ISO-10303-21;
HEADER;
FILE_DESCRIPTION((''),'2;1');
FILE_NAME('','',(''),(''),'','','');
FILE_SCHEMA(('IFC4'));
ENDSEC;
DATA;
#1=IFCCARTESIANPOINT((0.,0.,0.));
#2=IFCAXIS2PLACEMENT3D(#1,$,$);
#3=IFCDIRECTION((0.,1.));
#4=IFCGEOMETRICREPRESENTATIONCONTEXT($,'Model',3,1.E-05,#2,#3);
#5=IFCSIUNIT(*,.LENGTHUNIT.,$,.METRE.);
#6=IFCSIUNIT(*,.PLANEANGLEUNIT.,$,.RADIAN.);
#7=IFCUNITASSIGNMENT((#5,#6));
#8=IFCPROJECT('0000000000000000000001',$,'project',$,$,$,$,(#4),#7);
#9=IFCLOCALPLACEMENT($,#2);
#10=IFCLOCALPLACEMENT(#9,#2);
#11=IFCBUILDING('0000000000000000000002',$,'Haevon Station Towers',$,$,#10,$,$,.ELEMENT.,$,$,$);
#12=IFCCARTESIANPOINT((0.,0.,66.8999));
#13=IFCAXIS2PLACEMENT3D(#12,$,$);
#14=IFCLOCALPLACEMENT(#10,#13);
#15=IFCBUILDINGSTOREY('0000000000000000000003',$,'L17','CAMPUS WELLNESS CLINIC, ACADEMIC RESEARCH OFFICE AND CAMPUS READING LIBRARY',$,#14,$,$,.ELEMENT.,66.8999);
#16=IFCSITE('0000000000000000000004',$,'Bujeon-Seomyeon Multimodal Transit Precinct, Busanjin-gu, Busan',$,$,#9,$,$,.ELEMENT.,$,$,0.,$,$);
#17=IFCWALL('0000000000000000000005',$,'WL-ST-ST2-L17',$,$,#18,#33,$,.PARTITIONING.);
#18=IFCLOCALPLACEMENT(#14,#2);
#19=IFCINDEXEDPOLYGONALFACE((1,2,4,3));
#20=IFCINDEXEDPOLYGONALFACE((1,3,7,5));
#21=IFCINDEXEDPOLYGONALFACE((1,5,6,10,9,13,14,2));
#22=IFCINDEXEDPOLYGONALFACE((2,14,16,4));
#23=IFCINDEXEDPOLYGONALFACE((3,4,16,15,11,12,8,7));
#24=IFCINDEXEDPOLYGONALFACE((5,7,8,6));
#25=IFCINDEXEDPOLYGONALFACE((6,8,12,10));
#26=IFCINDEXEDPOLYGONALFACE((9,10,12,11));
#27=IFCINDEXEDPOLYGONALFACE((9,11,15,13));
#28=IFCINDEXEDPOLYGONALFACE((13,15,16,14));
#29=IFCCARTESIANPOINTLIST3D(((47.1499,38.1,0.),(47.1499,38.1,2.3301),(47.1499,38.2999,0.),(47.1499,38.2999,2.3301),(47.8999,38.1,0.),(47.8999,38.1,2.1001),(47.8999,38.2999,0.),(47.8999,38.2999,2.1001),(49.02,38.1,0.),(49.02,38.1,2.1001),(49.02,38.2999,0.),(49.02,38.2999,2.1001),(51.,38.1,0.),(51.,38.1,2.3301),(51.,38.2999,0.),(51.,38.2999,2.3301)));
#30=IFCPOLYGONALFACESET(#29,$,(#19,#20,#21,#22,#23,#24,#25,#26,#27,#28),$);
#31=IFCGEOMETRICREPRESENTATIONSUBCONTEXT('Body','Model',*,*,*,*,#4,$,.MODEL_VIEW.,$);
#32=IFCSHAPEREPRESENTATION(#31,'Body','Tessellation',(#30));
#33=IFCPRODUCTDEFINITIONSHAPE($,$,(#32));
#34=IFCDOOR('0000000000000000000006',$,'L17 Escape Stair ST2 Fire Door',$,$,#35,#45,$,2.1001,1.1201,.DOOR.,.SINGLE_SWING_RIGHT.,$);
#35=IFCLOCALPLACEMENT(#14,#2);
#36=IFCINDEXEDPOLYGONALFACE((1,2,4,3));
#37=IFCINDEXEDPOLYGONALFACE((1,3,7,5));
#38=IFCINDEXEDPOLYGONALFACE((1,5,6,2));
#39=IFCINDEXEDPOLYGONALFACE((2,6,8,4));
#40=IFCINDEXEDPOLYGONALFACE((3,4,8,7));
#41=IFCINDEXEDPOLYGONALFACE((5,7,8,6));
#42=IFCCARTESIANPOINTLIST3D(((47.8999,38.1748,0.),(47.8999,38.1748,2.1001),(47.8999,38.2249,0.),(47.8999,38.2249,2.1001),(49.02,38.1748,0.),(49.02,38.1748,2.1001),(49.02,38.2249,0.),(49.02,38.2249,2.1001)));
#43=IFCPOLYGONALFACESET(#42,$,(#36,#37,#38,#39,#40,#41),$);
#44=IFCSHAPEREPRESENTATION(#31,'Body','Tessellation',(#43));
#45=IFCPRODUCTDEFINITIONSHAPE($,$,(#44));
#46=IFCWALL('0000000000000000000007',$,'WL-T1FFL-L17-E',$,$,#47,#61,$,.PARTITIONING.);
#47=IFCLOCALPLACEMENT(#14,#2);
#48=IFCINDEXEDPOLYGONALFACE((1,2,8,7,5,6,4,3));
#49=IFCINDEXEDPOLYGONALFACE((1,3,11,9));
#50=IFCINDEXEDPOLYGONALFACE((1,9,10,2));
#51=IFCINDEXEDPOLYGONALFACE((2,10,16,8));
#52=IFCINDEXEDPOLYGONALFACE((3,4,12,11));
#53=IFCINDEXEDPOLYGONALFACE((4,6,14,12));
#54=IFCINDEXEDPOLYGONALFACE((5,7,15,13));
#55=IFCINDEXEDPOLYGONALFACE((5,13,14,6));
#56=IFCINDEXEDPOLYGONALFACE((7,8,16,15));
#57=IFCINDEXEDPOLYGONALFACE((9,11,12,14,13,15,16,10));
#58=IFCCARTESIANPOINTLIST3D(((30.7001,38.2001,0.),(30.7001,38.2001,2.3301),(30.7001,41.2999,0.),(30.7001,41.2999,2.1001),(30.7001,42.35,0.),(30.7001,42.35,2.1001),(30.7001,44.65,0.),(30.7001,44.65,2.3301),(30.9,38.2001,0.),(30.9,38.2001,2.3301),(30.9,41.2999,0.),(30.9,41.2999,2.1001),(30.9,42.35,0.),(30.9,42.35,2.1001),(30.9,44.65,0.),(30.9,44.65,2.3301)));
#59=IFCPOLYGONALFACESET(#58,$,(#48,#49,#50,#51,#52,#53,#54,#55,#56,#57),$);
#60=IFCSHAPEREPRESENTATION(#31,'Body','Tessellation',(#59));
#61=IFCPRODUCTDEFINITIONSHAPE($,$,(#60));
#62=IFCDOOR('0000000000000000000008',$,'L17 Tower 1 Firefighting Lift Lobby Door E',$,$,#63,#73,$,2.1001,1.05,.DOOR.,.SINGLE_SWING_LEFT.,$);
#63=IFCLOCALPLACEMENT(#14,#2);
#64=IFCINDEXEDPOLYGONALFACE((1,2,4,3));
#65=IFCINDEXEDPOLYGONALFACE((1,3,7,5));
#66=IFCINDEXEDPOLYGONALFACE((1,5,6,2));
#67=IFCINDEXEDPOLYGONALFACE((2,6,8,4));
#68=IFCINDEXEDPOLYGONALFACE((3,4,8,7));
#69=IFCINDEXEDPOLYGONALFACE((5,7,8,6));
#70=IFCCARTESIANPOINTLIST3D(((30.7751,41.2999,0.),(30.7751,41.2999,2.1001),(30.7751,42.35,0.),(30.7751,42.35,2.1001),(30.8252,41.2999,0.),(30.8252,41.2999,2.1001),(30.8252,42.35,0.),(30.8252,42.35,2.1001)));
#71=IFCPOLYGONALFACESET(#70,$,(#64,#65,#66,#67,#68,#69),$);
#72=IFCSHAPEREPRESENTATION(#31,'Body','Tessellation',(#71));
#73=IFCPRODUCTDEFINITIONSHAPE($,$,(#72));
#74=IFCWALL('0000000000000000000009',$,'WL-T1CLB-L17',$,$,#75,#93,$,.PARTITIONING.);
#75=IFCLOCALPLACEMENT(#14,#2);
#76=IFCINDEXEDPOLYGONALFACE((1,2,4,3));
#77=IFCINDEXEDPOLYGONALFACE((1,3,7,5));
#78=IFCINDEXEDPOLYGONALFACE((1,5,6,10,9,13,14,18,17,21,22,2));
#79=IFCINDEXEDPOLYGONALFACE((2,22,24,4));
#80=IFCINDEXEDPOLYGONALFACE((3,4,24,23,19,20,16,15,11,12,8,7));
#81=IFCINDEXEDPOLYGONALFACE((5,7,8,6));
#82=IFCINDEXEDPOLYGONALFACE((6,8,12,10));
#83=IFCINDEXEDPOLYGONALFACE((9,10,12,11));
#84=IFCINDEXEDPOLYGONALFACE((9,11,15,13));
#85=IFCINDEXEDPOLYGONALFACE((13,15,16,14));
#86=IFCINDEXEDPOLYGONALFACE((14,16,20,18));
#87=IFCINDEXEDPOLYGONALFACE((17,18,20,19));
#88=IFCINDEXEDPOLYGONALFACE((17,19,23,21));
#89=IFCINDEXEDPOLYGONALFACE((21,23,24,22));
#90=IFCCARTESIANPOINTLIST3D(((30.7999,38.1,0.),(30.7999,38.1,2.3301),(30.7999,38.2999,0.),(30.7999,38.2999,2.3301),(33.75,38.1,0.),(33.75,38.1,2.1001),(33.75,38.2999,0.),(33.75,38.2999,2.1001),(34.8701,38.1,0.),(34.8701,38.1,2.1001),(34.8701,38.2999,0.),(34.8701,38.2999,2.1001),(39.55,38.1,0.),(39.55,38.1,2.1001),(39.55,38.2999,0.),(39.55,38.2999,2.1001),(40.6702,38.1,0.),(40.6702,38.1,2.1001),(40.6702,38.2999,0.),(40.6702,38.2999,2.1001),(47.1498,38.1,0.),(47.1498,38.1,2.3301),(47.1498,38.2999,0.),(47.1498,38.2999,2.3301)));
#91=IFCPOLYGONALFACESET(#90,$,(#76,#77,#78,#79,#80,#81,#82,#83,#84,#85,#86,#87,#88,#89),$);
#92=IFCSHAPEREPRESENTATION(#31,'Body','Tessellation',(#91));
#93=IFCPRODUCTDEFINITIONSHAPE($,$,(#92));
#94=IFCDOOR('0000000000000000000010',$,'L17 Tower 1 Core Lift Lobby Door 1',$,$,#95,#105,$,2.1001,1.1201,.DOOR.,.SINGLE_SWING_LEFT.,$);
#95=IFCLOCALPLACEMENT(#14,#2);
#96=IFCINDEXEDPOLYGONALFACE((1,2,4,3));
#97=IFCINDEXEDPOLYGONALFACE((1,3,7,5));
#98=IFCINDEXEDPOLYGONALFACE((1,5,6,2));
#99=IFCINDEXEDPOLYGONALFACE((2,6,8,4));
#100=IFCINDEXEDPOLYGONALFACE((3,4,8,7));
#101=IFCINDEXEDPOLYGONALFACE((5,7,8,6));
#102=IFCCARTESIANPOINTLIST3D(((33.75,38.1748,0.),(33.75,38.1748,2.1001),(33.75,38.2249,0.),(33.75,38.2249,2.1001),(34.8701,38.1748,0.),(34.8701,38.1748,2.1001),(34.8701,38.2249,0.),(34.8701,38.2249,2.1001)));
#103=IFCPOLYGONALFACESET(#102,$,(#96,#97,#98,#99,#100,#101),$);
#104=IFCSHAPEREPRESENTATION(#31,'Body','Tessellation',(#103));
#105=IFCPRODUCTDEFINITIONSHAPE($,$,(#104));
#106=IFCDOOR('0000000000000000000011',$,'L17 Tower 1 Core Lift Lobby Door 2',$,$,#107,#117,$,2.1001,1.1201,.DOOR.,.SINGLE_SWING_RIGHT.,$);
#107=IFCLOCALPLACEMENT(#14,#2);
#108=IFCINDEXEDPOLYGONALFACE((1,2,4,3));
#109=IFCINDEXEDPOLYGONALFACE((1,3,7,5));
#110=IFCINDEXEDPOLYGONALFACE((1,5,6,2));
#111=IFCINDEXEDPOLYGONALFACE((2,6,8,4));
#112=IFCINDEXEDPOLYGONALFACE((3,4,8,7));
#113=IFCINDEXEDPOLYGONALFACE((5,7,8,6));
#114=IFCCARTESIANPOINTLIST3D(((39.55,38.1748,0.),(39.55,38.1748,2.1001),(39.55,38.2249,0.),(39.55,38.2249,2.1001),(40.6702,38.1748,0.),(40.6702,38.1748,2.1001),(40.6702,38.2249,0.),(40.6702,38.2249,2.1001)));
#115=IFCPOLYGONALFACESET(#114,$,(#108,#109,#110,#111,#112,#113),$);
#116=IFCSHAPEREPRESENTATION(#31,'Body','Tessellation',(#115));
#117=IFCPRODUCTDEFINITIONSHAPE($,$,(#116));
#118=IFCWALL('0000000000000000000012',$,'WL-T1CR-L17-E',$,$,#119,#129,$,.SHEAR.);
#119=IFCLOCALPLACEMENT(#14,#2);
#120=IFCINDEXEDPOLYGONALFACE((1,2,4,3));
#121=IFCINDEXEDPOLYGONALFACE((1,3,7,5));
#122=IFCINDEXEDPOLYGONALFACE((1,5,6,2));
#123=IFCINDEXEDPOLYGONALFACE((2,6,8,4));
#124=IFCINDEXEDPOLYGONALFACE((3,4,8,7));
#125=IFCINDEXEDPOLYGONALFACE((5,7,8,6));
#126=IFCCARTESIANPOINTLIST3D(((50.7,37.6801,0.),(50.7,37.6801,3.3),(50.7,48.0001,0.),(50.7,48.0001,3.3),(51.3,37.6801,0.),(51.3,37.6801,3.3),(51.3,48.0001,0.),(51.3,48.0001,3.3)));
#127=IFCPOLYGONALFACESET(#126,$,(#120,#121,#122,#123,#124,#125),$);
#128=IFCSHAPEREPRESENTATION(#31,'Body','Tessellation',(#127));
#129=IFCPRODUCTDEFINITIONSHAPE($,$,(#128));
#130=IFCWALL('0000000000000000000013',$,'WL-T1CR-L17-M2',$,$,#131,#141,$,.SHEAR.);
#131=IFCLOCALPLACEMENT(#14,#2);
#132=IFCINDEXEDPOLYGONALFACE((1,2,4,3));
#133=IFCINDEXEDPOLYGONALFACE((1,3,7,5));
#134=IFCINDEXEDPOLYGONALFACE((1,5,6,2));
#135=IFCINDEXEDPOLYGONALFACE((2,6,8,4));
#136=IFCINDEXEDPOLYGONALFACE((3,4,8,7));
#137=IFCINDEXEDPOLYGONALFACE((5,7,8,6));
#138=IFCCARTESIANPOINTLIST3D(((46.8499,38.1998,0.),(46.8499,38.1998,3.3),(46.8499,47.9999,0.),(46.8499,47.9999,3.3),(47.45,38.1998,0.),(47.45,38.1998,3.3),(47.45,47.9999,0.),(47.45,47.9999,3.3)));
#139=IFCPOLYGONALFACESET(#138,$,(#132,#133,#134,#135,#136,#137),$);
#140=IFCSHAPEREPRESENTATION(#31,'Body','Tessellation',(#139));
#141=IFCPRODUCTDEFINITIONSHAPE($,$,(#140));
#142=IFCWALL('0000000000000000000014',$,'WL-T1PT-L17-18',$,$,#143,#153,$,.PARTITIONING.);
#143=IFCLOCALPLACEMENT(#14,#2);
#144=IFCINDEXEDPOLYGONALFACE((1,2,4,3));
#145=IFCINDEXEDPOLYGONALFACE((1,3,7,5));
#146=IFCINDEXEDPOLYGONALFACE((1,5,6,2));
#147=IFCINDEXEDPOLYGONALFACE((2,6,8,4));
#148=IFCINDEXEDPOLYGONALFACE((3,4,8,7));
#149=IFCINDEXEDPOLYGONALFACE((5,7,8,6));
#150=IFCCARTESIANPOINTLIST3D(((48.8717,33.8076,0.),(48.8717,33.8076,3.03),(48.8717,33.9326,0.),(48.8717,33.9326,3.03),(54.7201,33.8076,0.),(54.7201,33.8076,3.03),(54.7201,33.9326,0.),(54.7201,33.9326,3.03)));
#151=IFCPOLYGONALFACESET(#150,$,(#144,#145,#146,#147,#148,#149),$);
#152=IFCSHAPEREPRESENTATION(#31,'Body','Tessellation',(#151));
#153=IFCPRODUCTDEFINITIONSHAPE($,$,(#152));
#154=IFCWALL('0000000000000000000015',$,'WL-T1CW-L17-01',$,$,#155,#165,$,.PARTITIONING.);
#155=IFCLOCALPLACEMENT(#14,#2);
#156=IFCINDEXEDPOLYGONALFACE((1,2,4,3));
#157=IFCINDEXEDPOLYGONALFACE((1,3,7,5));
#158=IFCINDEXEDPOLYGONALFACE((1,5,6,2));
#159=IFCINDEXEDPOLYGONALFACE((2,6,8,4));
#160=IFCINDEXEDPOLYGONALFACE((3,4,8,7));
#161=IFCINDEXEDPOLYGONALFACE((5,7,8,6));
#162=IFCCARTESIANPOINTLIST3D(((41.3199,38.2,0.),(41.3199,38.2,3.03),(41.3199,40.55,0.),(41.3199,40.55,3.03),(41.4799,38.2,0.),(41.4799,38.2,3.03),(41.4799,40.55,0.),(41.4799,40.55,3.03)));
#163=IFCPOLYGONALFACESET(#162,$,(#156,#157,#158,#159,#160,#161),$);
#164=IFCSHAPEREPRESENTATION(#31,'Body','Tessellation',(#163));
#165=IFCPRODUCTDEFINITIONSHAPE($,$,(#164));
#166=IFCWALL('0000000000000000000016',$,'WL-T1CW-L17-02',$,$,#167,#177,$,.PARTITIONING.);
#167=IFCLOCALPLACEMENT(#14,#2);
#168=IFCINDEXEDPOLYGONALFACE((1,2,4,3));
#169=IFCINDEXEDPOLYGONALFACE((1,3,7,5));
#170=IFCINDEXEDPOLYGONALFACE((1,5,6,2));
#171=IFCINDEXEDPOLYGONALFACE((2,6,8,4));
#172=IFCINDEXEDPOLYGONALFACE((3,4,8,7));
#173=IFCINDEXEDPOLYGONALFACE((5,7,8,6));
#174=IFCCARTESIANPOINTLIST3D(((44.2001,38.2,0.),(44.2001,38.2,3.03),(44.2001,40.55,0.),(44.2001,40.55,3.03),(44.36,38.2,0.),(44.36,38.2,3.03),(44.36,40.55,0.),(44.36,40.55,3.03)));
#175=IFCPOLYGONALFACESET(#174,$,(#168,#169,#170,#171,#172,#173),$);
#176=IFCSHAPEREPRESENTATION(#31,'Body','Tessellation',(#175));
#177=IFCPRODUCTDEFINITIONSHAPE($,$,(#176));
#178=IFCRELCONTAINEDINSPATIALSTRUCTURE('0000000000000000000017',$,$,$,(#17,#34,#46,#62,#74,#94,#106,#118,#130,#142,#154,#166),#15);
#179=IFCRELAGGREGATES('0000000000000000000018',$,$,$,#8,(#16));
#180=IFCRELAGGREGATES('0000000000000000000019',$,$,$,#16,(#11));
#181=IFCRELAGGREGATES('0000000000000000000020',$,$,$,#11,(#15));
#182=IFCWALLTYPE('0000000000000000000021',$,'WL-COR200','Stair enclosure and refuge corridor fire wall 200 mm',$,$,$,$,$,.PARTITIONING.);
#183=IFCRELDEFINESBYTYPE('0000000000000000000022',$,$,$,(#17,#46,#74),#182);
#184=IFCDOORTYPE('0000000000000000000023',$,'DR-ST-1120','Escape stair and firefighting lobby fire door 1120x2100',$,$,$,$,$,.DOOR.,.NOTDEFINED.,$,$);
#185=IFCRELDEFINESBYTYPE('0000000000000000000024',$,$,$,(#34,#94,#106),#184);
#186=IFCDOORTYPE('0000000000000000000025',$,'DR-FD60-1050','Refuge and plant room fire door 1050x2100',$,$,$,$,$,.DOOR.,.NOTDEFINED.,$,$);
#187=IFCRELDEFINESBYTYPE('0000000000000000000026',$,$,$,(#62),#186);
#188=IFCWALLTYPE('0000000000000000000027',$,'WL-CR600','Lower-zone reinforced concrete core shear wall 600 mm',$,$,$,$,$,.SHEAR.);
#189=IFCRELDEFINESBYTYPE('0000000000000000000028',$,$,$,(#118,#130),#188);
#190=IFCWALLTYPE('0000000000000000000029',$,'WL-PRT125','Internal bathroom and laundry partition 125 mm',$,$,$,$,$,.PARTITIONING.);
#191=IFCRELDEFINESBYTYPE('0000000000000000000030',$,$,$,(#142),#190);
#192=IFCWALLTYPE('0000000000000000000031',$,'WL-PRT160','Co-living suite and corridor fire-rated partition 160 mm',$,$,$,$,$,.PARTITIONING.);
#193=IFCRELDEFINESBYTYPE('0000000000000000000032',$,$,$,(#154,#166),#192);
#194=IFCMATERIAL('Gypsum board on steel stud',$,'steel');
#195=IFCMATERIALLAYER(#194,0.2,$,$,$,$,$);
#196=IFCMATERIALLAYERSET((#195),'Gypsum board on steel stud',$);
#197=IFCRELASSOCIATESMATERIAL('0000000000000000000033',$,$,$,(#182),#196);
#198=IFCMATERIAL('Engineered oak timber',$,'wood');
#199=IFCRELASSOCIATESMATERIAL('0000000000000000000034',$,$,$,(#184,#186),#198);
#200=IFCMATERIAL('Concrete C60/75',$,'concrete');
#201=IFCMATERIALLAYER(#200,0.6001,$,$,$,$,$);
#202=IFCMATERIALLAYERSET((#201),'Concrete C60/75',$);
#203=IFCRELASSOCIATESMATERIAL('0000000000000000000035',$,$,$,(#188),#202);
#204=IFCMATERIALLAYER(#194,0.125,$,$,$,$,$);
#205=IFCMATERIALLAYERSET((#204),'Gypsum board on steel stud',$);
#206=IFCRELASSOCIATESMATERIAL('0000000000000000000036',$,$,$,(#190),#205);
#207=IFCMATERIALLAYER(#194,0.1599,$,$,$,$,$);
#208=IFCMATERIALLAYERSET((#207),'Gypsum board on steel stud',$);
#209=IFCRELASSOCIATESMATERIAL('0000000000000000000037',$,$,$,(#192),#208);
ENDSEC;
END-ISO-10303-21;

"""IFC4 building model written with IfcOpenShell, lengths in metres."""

from ifc_helpers import new_model, si_unit, direction, frame, frame_2d, origin, place, context, subcontext, project, spatial, rectangle, extrude, material, layer, layer_set, type_object, element, fill, save


model = new_model("IFC4")

# Units and contexts
model_context = context("Model", 3, precision=1e-05, world=origin(), true_north=direction((0.0, 1.0)))
body_context = subcontext(model_context, "Body", "Model", "MODEL_VIEW")
ifc_project = project(units=[si_unit("LENGTHUNIT", "METRE"), si_unit("PLANEANGLEUNIT", "RADIAN")], contexts=[model_context])

# Site, building, storey
site_placement = place(None, origin())
site = spatial("IfcSite", under=ifc_project, at=site_placement, Name="Bujeon-Seomyeon Multimodal Transit Precinct, Busanjin-gu, Busan", CompositionType="ELEMENT", RefElevation=0.0)
building_placement = place(site_placement, origin())
building = spatial("IfcBuilding", under=site, at=building_placement, Name="Haevon Station Towers", CompositionType="ELEMENT")
storey_placement = place(building_placement, frame((0.0, 0.0, 66.8999)))
storey = spatial("IfcBuildingStorey", under=building, at=storey_placement, Name="L17", Description="CAMPUS WELLNESS CLINIC, ACADEMIC RESEARCH OFFICE AND CAMPUS READING LIBRARY", CompositionType="ELEMENT", Elevation=66.8999)

# Walls, openings, doors
ifc_material_1 = material(Name="Gypsum board on steel stud", Category="steel")
ifc_layer_1 = layer(ifc_material_1, 0.2)
ifc_layer_set_1 = layer_set([ifc_layer_1], Name="Gypsum board on steel stud")
wall_type_1 = type_object("IfcWallType", Name="WL-COR200", Description="Stair enclosure and refuge corridor fire wall 200 mm", PredefinedType="PARTITIONING", material=ifc_layer_set_1)
wall_1_placement = place(storey_placement, frame((47.1499, 38.2, 0.0), z_axis=(0.0, 0.0, 1.0), x_axis=(1.0, 0.0, 0.0)))
wall_1 = element("IfcWall", 1, at=wall_1_placement, inside=storey, type_object=wall_type_1, Name="WL-ST-ST2-L17", PredefinedType="PARTITIONING", context=body_context, shape_type="SweptSolid", body=[
    extrude(rectangle(XDim=3.8501, YDim=0.2, at=frame_2d((1.925, 0.0))), origin(), (0.0, 0.0, 1.0), 2.3301),
])
opening_1_placement = place(wall_1_placement, frame((0.75, 0.0, 0.0)))
opening_1 = element("IfcOpeningElement", 2, at=opening_1_placement, cuts=wall_1, PredefinedType="OPENING", context=body_context, shape_type="SweptSolid", body=[
    extrude(rectangle(XDim=1.1201, YDim=2.1001, at=frame_2d((0.5601, 1.05))), frame((0.0, 0.1099, 0.0), z_axis=(0.0, -1.0, 0.0), x_axis=(1.0, 0.0, 0.0)), (0.0, 0.0, 1.0), 0.22),
])
ifc_material_2 = material(Name="Engineered oak timber", Category="wood")
door_type_1 = type_object("IfcDoorType", Name="DR-ST-1120", Description="Escape stair and firefighting lobby fire door 1120x2100", OperationType="NOTDEFINED", PredefinedType="DOOR", material=ifc_material_2)
door_1_placement = place(opening_1_placement, origin())
door_1 = element("IfcDoor", 3, at=door_1_placement, inside=storey, type_object=door_type_1, Name="L17 Escape Stair ST2 Fire Door", OperationType="SINGLE_SWING_RIGHT", OverallHeight=2.1001, OverallWidth=1.1201, PredefinedType="DOOR", context=body_context, shape_type="SweptSolid", body=[
    extrude(rectangle(XDim=1.1201, YDim=2.1001, at=frame_2d((0.5601, 1.05))), frame((0.0, 0.0249, 0.0), z_axis=(0.0, -1.0, 0.0), x_axis=(1.0, 0.0, 0.0)), (0.0, 0.0, 1.0), 0.05),
])
fill(opening_1, door_1)
wall_2_placement = place(storey_placement, frame((30.8, 38.2, 0.0), z_axis=(0.0, 0.0, 1.0), x_axis=(0.0, 1.0, 0.0)))
wall_2 = element("IfcWall", 4, at=wall_2_placement, inside=storey, type_object=wall_type_1, Name="WL-T1FFL-L17-E", PredefinedType="PARTITIONING", context=body_context, shape_type="SweptSolid", body=[
    extrude(rectangle(XDim=6.45, YDim=0.2, at=frame_2d((3.2251, 0.0))), origin(), (0.0, 0.0, 1.0), 2.3301),
])
opening_2_placement = place(wall_2_placement, frame((3.1001, 0.0, 0.0)))
opening_2 = element("IfcOpeningElement", 5, at=opening_2_placement, cuts=wall_2, PredefinedType="OPENING", context=body_context, shape_type="SweptSolid", body=[
    extrude(rectangle(XDim=1.05, YDim=2.1001, at=frame_2d((0.5249, 1.05))), frame((0.0, 0.1099, 0.0), z_axis=(0.0, -1.0, 0.0), x_axis=(1.0, 0.0, 0.0)), (0.0, 0.0, 1.0), 0.22),
])
door_type_2 = type_object("IfcDoorType", Name="DR-FD60-1050", Description="Refuge and plant room fire door 1050x2100", OperationType="NOTDEFINED", PredefinedType="DOOR", material=ifc_material_2)
door_2_placement = place(opening_2_placement, origin())
door_2 = element("IfcDoor", 6, at=door_2_placement, inside=storey, type_object=door_type_2, Name="L17 Tower 1 Firefighting Lift Lobby Door E", OperationType="SINGLE_SWING_LEFT", OverallHeight=2.1001, OverallWidth=1.05, PredefinedType="DOOR", context=body_context, shape_type="SweptSolid", body=[
    extrude(rectangle(XDim=1.05, YDim=2.1001, at=frame_2d((0.5249, 1.05))), frame((0.0, 0.0249, 0.0), z_axis=(0.0, -1.0, 0.0), x_axis=(1.0, 0.0, 0.0)), (0.0, 0.0, 1.0), 0.05),
])
fill(opening_2, door_2)

# Wall, openings, doors
wall_3_placement = place(storey_placement, frame((30.8, 38.2, 0.0), z_axis=(0.0, 0.0, 1.0), x_axis=(1.0, 0.0, 0.0)))
wall_3 = element("IfcWall", 7, at=wall_3_placement, inside=storey, type_object=wall_type_1, Name="WL-T1CLB-L17", PredefinedType="PARTITIONING", context=body_context, shape_type="SweptSolid", body=[
    extrude(rectangle(XDim=16.3499, YDim=0.2, at=frame_2d((8.1748, 0.0))), origin(), (0.0, 0.0, 1.0), 2.3301),
])
opening_3_placement = place(wall_3_placement, frame((2.95, 0.0, 0.0)))
opening_3 = element("IfcOpeningElement", 8, at=opening_3_placement, cuts=wall_3, PredefinedType="OPENING", context=body_context, shape_type="SweptSolid", body=[
    extrude(rectangle(XDim=1.1201, YDim=2.1001, at=frame_2d((0.5601, 1.05))), frame((0.0, 0.1099, 0.0), z_axis=(0.0, -1.0, 0.0), x_axis=(1.0, 0.0, 0.0)), (0.0, 0.0, 1.0), 0.22),
])
opening_4_placement = place(wall_3_placement, frame((8.75, 0.0, 0.0)))
opening_4 = element("IfcOpeningElement", 9, at=opening_4_placement, cuts=wall_3, PredefinedType="OPENING", context=body_context, shape_type="SweptSolid", body=[
    extrude(rectangle(XDim=1.1201, YDim=2.1001, at=frame_2d((0.5601, 1.05))), frame((0.0, 0.1099, 0.0), z_axis=(0.0, -1.0, 0.0), x_axis=(1.0, 0.0, 0.0)), (0.0, 0.0, 1.0), 0.22),
])
door_3_placement = place(opening_3_placement, origin())
door_3 = element("IfcDoor", 10, at=door_3_placement, inside=storey, type_object=door_type_1, Name="L17 Tower 1 Core Lift Lobby Door 1", OperationType="SINGLE_SWING_LEFT", OverallHeight=2.1001, OverallWidth=1.1201, PredefinedType="DOOR", context=body_context, shape_type="SweptSolid", body=[
    extrude(rectangle(XDim=1.1201, YDim=2.1001, at=frame_2d((0.5601, 1.05))), frame((0.0, 0.0249, 0.0), z_axis=(0.0, -1.0, 0.0), x_axis=(1.0, 0.0, 0.0)), (0.0, 0.0, 1.0), 0.05),
])
fill(opening_3, door_3)
door_4_placement = place(opening_4_placement, origin())
door_4 = element("IfcDoor", 11, at=door_4_placement, inside=storey, type_object=door_type_1, Name="L17 Tower 1 Core Lift Lobby Door 2", OperationType="SINGLE_SWING_RIGHT", OverallHeight=2.1001, OverallWidth=1.1201, PredefinedType="DOOR", context=body_context, shape_type="SweptSolid", body=[
    extrude(rectangle(XDim=1.1201, YDim=2.1001, at=frame_2d((0.5601, 1.05))), frame((0.0, 0.0249, 0.0), z_axis=(0.0, -1.0, 0.0), x_axis=(1.0, 0.0, 0.0)), (0.0, 0.0, 1.0), 0.05),
])
fill(opening_4, door_4)

# Walls
ifc_material_3 = material(Name="Concrete C60/75", Category="concrete")
ifc_layer_2 = layer(ifc_material_3, 0.6001)
ifc_layer_set_2 = layer_set([ifc_layer_2], Name="Concrete C60/75")
wall_type_2 = type_object("IfcWallType", Name="WL-CR600", Description="Lower-zone reinforced concrete core shear wall 600 mm", PredefinedType="SHEAR", material=ifc_layer_set_2)
wall_4_placement = place(storey_placement, frame((51.0, 37.6799, 0.0), z_axis=(0.0, 0.0, 1.0), x_axis=(0.0, 1.0, 0.0)))
element("IfcWall", 12, at=wall_4_placement, inside=storey, type_object=wall_type_2, Name="WL-T1CR-L17-E", PredefinedType="SHEAR", context=body_context, shape_type="SweptSolid", body=[
    extrude(rectangle(XDim=10.3201, YDim=0.6001, at=frame_2d((5.1602, 0.0))), origin(), (0.0, 0.0, 1.0), 3.3),
])
wall_5_placement = place(storey_placement, frame((47.1499, 38.2, 0.0), z_axis=(0.0, 0.0, 1.0), x_axis=(0.0, 1.0, 0.0)))
element("IfcWall", 13, at=wall_5_placement, inside=storey, type_object=wall_type_2, Name="WL-T1CR-L17-M2", PredefinedType="SHEAR", context=body_context, shape_type="SweptSolid", body=[
    extrude(rectangle(XDim=9.8, YDim=0.6001, at=frame_2d((4.8999, 0.0))), origin(), (0.0, 0.0, 1.0), 3.3),
])
ifc_layer_3 = layer(ifc_material_1, 0.125)
ifc_layer_set_3 = layer_set([ifc_layer_3], Name="Gypsum board on steel stud")
wall_type_3 = type_object("IfcWallType", Name="WL-PRT125", Description="Internal bathroom and laundry partition 125 mm", PredefinedType="PARTITIONING", material=ifc_layer_set_3)
wall_6_placement = place(storey_placement, frame((48.8716, 33.8701, 0.0), z_axis=(0.0, 0.0, 1.0), x_axis=(1.0, 0.0, 0.0)))
element("IfcWall", 14, at=wall_6_placement, inside=storey, type_object=wall_type_3, Name="WL-T1PT-L17-18", PredefinedType="PARTITIONING", context=body_context, shape_type="SweptSolid", body=[
    extrude(rectangle(XDim=5.8484, YDim=0.125, at=frame_2d((2.9243, 0.0))), origin(), (0.0, 0.0, 1.0), 3.03),
])
ifc_layer_4 = layer(ifc_material_1, 0.1599)
ifc_layer_set_4 = layer_set([ifc_layer_4], Name="Gypsum board on steel stud")
wall_type_4 = type_object("IfcWallType", Name="WL-PRT160", Description="Co-living suite and corridor fire-rated partition 160 mm", PredefinedType="PARTITIONING", material=ifc_layer_set_4)
for number, where, z_axis, x_axis, name in (
    (15, (41.3999, 38.2, 0.0), (0.0, 0.0, 1.0), (0.0, 1.0, 0.0), "WL-T1CW-L17-01"),
    (16, (44.28, 38.2, 0.0), (0.0, 0.0, 1.0), (0.0, 1.0, 0.0), "WL-T1CW-L17-02"),
):
    element("IfcWall", number, at=place(storey_placement, frame(where, z_axis=z_axis, x_axis=x_axis)), inside=storey, type_object=wall_type_4, Name=name, PredefinedType="PARTITIONING", context=body_context, shape_type="SweptSolid", body=[
        extrude(rectangle(XDim=2.3501, YDim=0.1599, at=frame_2d((1.175, 0.0))), origin(), (0.0, 0.0, 1.0), 3.03),
    ])

save(model, "model.ifc")
